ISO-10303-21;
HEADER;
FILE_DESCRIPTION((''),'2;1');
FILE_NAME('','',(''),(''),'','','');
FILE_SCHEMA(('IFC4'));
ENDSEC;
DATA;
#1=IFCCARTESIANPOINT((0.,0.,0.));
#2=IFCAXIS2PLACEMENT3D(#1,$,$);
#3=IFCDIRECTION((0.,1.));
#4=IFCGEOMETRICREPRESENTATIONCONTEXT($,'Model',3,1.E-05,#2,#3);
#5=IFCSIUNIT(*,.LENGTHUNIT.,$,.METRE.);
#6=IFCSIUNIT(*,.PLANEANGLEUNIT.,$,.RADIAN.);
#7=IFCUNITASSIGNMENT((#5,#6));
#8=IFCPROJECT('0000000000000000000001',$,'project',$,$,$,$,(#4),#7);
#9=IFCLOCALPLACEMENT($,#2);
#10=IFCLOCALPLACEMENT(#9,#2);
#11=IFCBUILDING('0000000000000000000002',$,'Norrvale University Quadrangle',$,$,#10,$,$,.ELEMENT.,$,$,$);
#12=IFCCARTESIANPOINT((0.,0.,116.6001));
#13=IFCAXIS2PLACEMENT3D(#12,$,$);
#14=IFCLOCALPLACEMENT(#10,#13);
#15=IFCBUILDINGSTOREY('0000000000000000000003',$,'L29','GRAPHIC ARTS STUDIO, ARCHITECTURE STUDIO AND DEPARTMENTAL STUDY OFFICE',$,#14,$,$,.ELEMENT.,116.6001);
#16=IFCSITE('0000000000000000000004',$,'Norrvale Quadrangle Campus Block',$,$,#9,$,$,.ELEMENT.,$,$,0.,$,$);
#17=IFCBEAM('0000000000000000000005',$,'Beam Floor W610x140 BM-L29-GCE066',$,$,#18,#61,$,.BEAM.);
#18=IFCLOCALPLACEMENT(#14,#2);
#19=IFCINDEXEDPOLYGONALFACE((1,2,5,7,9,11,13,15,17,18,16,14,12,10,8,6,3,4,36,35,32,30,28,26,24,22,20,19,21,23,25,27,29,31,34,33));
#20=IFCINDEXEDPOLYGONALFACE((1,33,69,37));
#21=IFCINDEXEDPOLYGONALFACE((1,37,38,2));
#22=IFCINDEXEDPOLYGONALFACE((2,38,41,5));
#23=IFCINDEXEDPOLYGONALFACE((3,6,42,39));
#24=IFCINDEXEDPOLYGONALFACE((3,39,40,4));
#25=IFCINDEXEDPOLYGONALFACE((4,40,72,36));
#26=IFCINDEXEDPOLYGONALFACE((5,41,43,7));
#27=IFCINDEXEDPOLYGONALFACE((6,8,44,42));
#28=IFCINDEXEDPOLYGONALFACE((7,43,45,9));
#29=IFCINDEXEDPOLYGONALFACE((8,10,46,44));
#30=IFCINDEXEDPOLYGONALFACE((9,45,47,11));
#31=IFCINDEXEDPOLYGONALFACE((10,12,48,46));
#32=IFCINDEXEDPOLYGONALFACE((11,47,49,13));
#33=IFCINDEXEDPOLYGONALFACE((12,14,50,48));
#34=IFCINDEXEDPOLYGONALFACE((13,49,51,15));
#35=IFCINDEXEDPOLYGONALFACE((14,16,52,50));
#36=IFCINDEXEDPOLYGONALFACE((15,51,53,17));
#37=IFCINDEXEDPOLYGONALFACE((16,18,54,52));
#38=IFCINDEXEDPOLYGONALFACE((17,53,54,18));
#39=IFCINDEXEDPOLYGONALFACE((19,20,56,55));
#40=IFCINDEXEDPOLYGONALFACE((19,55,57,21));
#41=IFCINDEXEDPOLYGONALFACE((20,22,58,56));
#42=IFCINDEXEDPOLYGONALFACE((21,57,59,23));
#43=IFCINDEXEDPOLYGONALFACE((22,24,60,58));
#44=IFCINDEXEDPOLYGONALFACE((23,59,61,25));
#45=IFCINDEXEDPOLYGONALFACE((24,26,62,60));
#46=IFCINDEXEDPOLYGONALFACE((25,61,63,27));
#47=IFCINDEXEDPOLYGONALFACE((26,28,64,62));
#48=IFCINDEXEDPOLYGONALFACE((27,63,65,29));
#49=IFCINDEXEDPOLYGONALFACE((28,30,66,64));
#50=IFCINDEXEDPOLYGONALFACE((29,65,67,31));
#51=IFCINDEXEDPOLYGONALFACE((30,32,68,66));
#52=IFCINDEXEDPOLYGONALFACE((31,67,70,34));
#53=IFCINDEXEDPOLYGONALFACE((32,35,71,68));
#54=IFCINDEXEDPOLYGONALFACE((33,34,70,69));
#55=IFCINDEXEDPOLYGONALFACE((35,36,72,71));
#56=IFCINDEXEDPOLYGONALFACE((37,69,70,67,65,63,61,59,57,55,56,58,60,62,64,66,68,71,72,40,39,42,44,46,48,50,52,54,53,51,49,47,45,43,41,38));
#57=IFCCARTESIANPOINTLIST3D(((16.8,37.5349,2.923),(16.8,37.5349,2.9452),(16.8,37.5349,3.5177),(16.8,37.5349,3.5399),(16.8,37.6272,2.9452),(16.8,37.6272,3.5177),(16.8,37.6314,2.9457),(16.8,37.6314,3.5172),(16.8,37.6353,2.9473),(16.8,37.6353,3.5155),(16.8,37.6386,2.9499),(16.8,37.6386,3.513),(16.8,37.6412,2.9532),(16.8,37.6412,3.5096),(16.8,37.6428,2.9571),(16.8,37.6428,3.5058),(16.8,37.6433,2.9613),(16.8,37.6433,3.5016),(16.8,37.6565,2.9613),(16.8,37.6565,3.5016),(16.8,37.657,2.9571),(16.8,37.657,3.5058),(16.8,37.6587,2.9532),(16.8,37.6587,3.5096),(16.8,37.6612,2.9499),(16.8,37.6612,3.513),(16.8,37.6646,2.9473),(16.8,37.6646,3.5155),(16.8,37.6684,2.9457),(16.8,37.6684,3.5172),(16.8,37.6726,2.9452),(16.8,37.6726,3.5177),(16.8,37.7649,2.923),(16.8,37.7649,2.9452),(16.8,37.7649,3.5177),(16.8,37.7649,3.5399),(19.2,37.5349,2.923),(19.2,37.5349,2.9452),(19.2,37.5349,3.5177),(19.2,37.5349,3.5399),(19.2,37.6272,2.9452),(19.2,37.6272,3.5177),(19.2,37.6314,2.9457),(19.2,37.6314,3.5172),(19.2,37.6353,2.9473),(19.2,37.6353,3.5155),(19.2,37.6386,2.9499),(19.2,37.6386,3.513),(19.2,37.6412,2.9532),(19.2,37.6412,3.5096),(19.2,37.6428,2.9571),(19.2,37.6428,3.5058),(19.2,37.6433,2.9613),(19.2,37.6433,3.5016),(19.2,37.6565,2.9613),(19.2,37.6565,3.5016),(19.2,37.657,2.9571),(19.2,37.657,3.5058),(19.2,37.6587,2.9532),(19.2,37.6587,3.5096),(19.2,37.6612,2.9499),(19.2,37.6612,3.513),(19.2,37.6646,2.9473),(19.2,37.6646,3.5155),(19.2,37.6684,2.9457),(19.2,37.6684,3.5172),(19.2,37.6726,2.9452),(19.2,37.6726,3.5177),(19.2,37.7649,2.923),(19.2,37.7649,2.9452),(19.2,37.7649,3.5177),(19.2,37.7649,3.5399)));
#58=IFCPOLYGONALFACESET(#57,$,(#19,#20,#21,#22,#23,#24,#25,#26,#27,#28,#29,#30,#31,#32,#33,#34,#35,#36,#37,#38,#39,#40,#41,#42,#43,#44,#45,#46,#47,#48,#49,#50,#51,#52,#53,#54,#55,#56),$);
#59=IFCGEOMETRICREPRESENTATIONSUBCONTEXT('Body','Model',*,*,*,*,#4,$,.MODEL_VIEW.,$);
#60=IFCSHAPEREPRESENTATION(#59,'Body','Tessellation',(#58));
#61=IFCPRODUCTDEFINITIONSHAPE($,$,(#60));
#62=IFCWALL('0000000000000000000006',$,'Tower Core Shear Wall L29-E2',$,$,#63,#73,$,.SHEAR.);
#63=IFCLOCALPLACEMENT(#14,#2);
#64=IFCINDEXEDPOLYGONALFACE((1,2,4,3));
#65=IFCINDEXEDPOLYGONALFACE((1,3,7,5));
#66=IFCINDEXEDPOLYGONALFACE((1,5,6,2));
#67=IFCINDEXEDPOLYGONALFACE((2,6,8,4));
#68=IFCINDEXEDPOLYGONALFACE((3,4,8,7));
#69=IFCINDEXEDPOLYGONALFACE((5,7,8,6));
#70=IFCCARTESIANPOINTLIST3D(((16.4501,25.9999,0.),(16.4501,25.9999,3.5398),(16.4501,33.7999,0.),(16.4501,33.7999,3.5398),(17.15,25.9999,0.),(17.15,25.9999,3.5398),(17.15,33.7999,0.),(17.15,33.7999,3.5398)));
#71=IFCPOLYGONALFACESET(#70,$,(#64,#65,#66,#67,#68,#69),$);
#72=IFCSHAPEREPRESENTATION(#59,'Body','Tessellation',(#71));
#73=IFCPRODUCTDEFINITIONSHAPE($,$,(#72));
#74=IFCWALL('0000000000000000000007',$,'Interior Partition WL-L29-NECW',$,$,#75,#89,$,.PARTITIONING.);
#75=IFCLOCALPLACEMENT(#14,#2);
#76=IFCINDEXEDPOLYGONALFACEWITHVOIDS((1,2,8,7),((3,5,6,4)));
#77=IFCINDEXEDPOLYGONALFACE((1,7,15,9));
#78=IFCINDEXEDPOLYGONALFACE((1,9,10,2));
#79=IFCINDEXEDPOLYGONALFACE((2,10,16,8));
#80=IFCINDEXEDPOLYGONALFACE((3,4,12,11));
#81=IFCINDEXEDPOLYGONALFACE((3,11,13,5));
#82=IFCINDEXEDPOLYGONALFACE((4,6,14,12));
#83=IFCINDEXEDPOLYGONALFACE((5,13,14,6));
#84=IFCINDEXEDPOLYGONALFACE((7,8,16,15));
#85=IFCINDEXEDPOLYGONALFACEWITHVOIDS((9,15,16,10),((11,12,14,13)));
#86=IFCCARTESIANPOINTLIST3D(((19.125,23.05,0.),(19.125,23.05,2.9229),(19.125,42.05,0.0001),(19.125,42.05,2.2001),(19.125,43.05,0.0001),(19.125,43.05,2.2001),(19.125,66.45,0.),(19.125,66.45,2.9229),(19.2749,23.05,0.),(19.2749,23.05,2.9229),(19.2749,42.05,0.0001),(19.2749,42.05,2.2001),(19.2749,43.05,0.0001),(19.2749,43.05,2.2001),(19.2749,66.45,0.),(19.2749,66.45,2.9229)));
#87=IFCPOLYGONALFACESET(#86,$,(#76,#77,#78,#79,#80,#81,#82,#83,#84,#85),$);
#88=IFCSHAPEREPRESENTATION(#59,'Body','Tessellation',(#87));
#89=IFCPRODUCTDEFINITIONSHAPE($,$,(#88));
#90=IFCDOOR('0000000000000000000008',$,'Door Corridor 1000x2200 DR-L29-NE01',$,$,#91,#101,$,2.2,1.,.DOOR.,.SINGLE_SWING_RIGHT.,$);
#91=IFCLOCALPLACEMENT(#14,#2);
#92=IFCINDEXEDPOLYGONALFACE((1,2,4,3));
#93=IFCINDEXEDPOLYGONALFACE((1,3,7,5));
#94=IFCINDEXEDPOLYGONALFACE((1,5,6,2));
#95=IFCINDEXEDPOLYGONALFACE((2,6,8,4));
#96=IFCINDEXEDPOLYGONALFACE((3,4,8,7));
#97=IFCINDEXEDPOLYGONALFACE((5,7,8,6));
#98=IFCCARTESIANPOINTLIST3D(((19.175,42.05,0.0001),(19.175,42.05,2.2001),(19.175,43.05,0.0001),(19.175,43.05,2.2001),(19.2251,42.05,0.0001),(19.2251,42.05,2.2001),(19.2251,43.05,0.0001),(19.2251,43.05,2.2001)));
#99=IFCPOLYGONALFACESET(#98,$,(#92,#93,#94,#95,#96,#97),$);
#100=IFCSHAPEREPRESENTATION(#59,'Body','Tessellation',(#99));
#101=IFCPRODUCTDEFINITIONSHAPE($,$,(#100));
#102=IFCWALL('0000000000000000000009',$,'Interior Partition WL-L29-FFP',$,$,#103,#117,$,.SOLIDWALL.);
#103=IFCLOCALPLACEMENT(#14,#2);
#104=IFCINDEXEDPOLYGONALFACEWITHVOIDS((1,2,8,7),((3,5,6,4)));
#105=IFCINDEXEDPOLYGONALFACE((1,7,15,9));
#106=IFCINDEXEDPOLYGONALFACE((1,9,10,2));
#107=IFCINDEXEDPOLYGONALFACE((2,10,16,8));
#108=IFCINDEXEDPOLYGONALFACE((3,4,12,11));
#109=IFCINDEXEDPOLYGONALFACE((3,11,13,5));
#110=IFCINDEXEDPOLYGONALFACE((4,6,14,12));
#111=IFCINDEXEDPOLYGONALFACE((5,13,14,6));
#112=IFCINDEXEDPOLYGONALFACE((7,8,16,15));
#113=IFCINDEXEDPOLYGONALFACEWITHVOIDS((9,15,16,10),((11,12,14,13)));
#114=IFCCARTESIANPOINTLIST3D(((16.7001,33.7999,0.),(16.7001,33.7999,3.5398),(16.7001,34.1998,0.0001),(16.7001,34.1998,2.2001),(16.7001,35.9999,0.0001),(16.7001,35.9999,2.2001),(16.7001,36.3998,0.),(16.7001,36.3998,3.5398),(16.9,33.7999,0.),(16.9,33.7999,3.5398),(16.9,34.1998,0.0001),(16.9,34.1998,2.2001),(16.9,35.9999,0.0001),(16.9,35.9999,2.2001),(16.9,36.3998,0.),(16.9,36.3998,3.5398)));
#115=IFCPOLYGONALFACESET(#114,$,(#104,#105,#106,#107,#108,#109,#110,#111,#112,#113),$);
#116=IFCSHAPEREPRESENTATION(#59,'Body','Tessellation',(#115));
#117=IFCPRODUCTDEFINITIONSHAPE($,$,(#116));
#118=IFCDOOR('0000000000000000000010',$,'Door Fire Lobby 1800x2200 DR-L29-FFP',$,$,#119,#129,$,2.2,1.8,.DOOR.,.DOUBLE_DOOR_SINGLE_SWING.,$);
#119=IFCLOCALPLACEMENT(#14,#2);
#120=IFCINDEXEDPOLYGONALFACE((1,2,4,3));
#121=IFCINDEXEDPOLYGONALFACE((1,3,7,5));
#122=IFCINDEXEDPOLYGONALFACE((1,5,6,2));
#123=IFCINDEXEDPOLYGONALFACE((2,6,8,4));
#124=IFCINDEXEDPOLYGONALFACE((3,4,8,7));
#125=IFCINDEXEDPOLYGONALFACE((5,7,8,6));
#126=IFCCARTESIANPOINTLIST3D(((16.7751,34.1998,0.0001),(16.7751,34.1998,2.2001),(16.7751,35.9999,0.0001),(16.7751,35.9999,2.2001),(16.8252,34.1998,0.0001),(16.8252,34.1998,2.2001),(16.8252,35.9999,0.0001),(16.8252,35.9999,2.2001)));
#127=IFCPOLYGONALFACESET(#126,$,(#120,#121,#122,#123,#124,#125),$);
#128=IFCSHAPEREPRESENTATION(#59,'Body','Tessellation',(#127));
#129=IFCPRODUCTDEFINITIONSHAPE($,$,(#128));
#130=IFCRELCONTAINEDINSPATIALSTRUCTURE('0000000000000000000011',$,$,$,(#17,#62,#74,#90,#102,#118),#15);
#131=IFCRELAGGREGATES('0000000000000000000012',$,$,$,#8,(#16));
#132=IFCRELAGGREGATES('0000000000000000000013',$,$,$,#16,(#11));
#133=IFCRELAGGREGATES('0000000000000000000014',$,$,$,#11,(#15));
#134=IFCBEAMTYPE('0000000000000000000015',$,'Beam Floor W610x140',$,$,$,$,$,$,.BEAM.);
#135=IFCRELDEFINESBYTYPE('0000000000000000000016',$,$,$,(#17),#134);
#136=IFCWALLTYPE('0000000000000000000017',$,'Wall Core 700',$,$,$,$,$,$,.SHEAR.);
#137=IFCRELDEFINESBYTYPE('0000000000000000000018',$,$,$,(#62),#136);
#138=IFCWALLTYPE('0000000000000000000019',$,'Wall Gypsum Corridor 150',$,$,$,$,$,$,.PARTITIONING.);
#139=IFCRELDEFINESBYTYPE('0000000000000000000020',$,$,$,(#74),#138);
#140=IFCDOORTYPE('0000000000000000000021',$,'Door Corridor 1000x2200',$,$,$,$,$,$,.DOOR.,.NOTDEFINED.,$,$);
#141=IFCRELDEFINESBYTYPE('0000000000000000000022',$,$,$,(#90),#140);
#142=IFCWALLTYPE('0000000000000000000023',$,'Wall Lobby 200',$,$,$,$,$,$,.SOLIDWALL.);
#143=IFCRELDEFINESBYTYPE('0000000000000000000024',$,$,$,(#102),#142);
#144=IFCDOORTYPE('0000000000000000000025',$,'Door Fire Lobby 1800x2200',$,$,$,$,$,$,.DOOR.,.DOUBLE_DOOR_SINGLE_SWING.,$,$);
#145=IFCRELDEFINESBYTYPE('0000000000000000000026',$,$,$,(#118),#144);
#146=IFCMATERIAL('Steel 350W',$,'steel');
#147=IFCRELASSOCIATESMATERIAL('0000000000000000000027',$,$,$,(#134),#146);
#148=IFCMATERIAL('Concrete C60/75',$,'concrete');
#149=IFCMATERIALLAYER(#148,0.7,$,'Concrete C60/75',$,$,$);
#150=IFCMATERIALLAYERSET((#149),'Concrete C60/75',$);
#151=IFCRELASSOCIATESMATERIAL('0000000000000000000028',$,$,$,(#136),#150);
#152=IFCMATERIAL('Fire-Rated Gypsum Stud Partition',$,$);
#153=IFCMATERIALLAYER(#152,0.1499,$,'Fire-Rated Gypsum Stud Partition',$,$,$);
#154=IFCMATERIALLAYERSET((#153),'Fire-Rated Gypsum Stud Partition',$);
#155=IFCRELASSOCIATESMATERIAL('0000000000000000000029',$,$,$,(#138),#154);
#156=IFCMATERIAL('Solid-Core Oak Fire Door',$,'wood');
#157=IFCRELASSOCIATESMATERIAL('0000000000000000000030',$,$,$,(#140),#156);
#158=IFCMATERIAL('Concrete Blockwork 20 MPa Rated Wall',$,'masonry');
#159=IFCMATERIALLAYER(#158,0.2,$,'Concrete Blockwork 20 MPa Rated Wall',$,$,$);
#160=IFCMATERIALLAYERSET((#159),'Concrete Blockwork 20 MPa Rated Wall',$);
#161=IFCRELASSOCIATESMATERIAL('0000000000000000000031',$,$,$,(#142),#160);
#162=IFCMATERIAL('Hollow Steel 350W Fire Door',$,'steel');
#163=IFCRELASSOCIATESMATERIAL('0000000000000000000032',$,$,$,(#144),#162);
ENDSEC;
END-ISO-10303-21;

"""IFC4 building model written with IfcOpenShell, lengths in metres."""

from ifc_helpers import new_model, si_unit, direction, frame, frame_2d, origin, origin_2d, place, context, subcontext, project, spatial, rectangle, i_section, extrude, material, layer, layer_set, material_profile, profile_set, type_object, element, fill, save


model = new_model("IFC4")

# Units and contexts
model_context = context("Model", 3, precision=1e-05, world=origin(), true_north=direction((0.0, 1.0)))
body_context = subcontext(model_context, "Body", "Model", "MODEL_VIEW")
ifc_project = project(units=[si_unit("LENGTHUNIT", "METRE"), si_unit("PLANEANGLEUNIT", "RADIAN")], contexts=[model_context])

# Site, building, storey
site_placement = place(None, origin())
site = spatial("IfcSite", under=ifc_project, at=site_placement, Name="Norrvale Quadrangle Campus Block", CompositionType="ELEMENT", RefElevation=0.0)
building_placement = place(site_placement, origin())
building = spatial("IfcBuilding", under=site, at=building_placement, Name="Norrvale University Quadrangle", CompositionType="ELEMENT")
storey_placement = place(building_placement, frame((0.0, 0.0, 116.6001)))
storey = spatial("IfcBuildingStorey", under=building, at=storey_placement, Name="L29", Description="GRAPHIC ARTS STUDIO, ARCHITECTURE STUDIO AND DEPARTMENTAL STUDY OFFICE", CompositionType="ELEMENT", Elevation=116.6001)

# Shared definitions
ifc_material_1 = material(Name="Concrete C60/75", Category="concrete")

# Beam
ifc_material_2 = material(Name="Steel 350W", Category="steel")
ifc_material_profile_1 = material_profile(ifc_material_2, i_section(OverallWidth=0.23, OverallDepth=0.6169, WebThickness=0.0132, FlangeThickness=0.0222, FilletRadius=0.0161, at=origin_2d()), Name="Steel 350W")
ifc_profile_set_1 = profile_set([ifc_material_profile_1], Name="Steel 350W")
beam_type_1 = type_object("IfcBeamType", Name="Beam Floor W610x140", PredefinedType="BEAM", material=ifc_profile_set_1)
for number, where, z_axis, x_axis, name in (
    (1, (16.8, 37.6499, 3.2314), (1.0, 0.0, 0.0), (0.0, 1.0, 0.0), "Beam Floor W610x140 BM-L29-GCE066"),
):
    element("IfcBeam", number, at=place(storey_placement, frame(where, z_axis=z_axis, x_axis=x_axis)), inside=storey, type_object=beam_type_1, Name=name, PredefinedType="BEAM", context=body_context, shape_type="SweptSolid", body=[
        extrude(i_section(OverallWidth=0.23, OverallDepth=0.6169, WebThickness=0.0132, FlangeThickness=0.0222, FilletRadius=0.0161, at=origin_2d()), origin(), (0.0, 0.0, 1.0), 2.3999),
    ])

# Wall
ifc_layer_1 = layer(ifc_material_1, 0.7, Name="Concrete C60/75")
ifc_layer_set_1 = layer_set([ifc_layer_1], Name="Concrete C60/75")
wall_type_1 = type_object("IfcWallType", Name="Wall Core 700", PredefinedType="SHEAR", material=ifc_layer_set_1)
wall_1_placement = place(storey_placement, frame((16.8, 26.0, 0.0), z_axis=(0.0, 0.0, 1.0), x_axis=(0.0, 1.0, 0.0)))
element("IfcWall", 2, at=wall_1_placement, inside=storey, type_object=wall_type_1, Name="Tower Core Shear Wall L29-E2", PredefinedType="SHEAR", context=body_context, shape_type="SweptSolid", body=[
    extrude(rectangle(XDim=7.8, YDim=0.7, at=frame_2d((3.8999, 0.0))), origin(), (0.0, 0.0, 1.0), 3.5398),
])

# Walls, openings, doors
ifc_material_3 = material(Name="Fire-Rated Gypsum Stud Partition")
ifc_layer_2 = layer(ifc_material_3, 0.1499, Name="Fire-Rated Gypsum Stud Partition")
ifc_layer_set_2 = layer_set([ifc_layer_2], Name="Fire-Rated Gypsum Stud Partition")
wall_type_2 = type_object("IfcWallType", Name="Wall Gypsum Corridor 150", PredefinedType="PARTITIONING", material=ifc_layer_set_2)
wall_2_placement = place(storey_placement, frame((19.2, 23.05, 0.0), z_axis=(0.0, 0.0, 1.0), x_axis=(0.0, 1.0, 0.0)))
wall_2 = element("IfcWall", 3, at=wall_2_placement, inside=storey, type_object=wall_type_2, Name="Interior Partition WL-L29-NECW", PredefinedType="PARTITIONING", context=body_context, shape_type="SweptSolid", body=[
    extrude(rectangle(XDim=43.3999, YDim=0.1499, at=frame_2d((21.7, 0.0))), origin(), (0.0, 0.0, 1.0), 2.9229),
])
opening_1_placement = place(wall_2_placement, frame((19.0, 0.0, 0.0)))
opening_1 = element("IfcOpeningElement", 4, at=opening_1_placement, cuts=wall_2, PredefinedType="OPENING", context=body_context, shape_type="SweptSolid", body=[
    extrude(rectangle(XDim=1.0, YDim=2.2, at=frame_2d((0.5, 1.1001))), frame((0.0, 0.0869, 0.0), z_axis=(0.0, -1.0, 0.0), x_axis=(1.0, 0.0, 0.0)), (0.0, 0.0, 1.0), 0.1738),
])
ifc_material_4 = material(Name="Solid-Core Oak Fire Door", Category="wood")
door_type_1 = type_object("IfcDoorType", Name="Door Corridor 1000x2200", OperationType="NOTDEFINED", PredefinedType="DOOR", material=ifc_material_4)
door_1_placement = place(opening_1_placement, origin())
door_1 = element("IfcDoor", 5, at=door_1_placement, inside=storey, type_object=door_type_1, Name="Door Corridor 1000x2200 DR-L29-NE01", OperationType="SINGLE_SWING_RIGHT", OverallHeight=2.2, OverallWidth=1.0, PredefinedType="DOOR", context=body_context, shape_type="SweptSolid", body=[
    extrude(rectangle(XDim=1.0, YDim=2.2, at=frame_2d((0.5, 1.1001))), frame((0.0, 0.0249, 0.0), z_axis=(0.0, -1.0, 0.0), x_axis=(1.0, 0.0, 0.0)), (0.0, 0.0, 1.0), 0.05),
])
fill(opening_1, door_1)
ifc_material_5 = material(Name="Concrete Blockwork 20 MPa Rated Wall", Category="masonry")
ifc_layer_3 = layer(ifc_material_5, 0.2, Name="Concrete Blockwork 20 MPa Rated Wall")
ifc_layer_set_3 = layer_set([ifc_layer_3], Name="Concrete Blockwork 20 MPa Rated Wall")
wall_type_3 = type_object("IfcWallType", Name="Wall Lobby 200", PredefinedType="SOLIDWALL", material=ifc_layer_set_3)
wall_3_placement = place(storey_placement, frame((16.8, 33.8, 0.0), z_axis=(0.0, 0.0, 1.0), x_axis=(0.0, 1.0, 0.0)))
wall_3 = element("IfcWall", 6, at=wall_3_placement, inside=storey, type_object=wall_type_3, Name="Interior Partition WL-L29-FFP", PredefinedType="SOLIDWALL", context=body_context, shape_type="SweptSolid", body=[
    extrude(rectangle(XDim=2.5999, YDim=0.2, at=frame_2d((1.2998, 0.0))), origin(), (0.0, 0.0, 1.0), 3.5398),
])
opening_2_placement = place(wall_3_placement, frame((0.3999, 0.0, 0.0)))
opening_2 = element("IfcOpeningElement", 7, at=opening_2_placement, cuts=wall_3, PredefinedType="OPENING", context=body_context, shape_type="SweptSolid", body=[
    extrude(rectangle(XDim=1.8, YDim=2.2, at=frame_2d((0.8999, 1.1001))), frame((0.0, 0.1121, 0.0), z_axis=(0.0, -1.0, 0.0), x_axis=(1.0, 0.0, 0.0)), (0.0, 0.0, 1.0), 0.2239),
])
ifc_material_6 = material(Name="Hollow Steel 350W Fire Door", Category="steel")
door_type_2 = type_object("IfcDoorType", Name="Door Fire Lobby 1800x2200", OperationType="DOUBLE_DOOR_SINGLE_SWING", PredefinedType="DOOR", material=ifc_material_6)
door_2_placement = place(opening_2_placement, origin())
door_2 = element("IfcDoor", 8, at=door_2_placement, inside=storey, type_object=door_type_2, Name="Door Fire Lobby 1800x2200 DR-L29-FFP", OperationType="DOUBLE_DOOR_SINGLE_SWING", OverallHeight=2.2, OverallWidth=1.8, PredefinedType="DOOR", context=body_context, shape_type="SweptSolid", body=[
    extrude(rectangle(XDim=1.8, YDim=2.2, at=frame_2d((0.8999, 1.1001))), frame((0.0, 0.0249, 0.0), z_axis=(0.0, -1.0, 0.0), x_axis=(1.0, 0.0, 0.0)), (0.0, 0.0, 1.0), 0.05),
])
fill(opening_2, door_2)

save(model, "model.ifc")
